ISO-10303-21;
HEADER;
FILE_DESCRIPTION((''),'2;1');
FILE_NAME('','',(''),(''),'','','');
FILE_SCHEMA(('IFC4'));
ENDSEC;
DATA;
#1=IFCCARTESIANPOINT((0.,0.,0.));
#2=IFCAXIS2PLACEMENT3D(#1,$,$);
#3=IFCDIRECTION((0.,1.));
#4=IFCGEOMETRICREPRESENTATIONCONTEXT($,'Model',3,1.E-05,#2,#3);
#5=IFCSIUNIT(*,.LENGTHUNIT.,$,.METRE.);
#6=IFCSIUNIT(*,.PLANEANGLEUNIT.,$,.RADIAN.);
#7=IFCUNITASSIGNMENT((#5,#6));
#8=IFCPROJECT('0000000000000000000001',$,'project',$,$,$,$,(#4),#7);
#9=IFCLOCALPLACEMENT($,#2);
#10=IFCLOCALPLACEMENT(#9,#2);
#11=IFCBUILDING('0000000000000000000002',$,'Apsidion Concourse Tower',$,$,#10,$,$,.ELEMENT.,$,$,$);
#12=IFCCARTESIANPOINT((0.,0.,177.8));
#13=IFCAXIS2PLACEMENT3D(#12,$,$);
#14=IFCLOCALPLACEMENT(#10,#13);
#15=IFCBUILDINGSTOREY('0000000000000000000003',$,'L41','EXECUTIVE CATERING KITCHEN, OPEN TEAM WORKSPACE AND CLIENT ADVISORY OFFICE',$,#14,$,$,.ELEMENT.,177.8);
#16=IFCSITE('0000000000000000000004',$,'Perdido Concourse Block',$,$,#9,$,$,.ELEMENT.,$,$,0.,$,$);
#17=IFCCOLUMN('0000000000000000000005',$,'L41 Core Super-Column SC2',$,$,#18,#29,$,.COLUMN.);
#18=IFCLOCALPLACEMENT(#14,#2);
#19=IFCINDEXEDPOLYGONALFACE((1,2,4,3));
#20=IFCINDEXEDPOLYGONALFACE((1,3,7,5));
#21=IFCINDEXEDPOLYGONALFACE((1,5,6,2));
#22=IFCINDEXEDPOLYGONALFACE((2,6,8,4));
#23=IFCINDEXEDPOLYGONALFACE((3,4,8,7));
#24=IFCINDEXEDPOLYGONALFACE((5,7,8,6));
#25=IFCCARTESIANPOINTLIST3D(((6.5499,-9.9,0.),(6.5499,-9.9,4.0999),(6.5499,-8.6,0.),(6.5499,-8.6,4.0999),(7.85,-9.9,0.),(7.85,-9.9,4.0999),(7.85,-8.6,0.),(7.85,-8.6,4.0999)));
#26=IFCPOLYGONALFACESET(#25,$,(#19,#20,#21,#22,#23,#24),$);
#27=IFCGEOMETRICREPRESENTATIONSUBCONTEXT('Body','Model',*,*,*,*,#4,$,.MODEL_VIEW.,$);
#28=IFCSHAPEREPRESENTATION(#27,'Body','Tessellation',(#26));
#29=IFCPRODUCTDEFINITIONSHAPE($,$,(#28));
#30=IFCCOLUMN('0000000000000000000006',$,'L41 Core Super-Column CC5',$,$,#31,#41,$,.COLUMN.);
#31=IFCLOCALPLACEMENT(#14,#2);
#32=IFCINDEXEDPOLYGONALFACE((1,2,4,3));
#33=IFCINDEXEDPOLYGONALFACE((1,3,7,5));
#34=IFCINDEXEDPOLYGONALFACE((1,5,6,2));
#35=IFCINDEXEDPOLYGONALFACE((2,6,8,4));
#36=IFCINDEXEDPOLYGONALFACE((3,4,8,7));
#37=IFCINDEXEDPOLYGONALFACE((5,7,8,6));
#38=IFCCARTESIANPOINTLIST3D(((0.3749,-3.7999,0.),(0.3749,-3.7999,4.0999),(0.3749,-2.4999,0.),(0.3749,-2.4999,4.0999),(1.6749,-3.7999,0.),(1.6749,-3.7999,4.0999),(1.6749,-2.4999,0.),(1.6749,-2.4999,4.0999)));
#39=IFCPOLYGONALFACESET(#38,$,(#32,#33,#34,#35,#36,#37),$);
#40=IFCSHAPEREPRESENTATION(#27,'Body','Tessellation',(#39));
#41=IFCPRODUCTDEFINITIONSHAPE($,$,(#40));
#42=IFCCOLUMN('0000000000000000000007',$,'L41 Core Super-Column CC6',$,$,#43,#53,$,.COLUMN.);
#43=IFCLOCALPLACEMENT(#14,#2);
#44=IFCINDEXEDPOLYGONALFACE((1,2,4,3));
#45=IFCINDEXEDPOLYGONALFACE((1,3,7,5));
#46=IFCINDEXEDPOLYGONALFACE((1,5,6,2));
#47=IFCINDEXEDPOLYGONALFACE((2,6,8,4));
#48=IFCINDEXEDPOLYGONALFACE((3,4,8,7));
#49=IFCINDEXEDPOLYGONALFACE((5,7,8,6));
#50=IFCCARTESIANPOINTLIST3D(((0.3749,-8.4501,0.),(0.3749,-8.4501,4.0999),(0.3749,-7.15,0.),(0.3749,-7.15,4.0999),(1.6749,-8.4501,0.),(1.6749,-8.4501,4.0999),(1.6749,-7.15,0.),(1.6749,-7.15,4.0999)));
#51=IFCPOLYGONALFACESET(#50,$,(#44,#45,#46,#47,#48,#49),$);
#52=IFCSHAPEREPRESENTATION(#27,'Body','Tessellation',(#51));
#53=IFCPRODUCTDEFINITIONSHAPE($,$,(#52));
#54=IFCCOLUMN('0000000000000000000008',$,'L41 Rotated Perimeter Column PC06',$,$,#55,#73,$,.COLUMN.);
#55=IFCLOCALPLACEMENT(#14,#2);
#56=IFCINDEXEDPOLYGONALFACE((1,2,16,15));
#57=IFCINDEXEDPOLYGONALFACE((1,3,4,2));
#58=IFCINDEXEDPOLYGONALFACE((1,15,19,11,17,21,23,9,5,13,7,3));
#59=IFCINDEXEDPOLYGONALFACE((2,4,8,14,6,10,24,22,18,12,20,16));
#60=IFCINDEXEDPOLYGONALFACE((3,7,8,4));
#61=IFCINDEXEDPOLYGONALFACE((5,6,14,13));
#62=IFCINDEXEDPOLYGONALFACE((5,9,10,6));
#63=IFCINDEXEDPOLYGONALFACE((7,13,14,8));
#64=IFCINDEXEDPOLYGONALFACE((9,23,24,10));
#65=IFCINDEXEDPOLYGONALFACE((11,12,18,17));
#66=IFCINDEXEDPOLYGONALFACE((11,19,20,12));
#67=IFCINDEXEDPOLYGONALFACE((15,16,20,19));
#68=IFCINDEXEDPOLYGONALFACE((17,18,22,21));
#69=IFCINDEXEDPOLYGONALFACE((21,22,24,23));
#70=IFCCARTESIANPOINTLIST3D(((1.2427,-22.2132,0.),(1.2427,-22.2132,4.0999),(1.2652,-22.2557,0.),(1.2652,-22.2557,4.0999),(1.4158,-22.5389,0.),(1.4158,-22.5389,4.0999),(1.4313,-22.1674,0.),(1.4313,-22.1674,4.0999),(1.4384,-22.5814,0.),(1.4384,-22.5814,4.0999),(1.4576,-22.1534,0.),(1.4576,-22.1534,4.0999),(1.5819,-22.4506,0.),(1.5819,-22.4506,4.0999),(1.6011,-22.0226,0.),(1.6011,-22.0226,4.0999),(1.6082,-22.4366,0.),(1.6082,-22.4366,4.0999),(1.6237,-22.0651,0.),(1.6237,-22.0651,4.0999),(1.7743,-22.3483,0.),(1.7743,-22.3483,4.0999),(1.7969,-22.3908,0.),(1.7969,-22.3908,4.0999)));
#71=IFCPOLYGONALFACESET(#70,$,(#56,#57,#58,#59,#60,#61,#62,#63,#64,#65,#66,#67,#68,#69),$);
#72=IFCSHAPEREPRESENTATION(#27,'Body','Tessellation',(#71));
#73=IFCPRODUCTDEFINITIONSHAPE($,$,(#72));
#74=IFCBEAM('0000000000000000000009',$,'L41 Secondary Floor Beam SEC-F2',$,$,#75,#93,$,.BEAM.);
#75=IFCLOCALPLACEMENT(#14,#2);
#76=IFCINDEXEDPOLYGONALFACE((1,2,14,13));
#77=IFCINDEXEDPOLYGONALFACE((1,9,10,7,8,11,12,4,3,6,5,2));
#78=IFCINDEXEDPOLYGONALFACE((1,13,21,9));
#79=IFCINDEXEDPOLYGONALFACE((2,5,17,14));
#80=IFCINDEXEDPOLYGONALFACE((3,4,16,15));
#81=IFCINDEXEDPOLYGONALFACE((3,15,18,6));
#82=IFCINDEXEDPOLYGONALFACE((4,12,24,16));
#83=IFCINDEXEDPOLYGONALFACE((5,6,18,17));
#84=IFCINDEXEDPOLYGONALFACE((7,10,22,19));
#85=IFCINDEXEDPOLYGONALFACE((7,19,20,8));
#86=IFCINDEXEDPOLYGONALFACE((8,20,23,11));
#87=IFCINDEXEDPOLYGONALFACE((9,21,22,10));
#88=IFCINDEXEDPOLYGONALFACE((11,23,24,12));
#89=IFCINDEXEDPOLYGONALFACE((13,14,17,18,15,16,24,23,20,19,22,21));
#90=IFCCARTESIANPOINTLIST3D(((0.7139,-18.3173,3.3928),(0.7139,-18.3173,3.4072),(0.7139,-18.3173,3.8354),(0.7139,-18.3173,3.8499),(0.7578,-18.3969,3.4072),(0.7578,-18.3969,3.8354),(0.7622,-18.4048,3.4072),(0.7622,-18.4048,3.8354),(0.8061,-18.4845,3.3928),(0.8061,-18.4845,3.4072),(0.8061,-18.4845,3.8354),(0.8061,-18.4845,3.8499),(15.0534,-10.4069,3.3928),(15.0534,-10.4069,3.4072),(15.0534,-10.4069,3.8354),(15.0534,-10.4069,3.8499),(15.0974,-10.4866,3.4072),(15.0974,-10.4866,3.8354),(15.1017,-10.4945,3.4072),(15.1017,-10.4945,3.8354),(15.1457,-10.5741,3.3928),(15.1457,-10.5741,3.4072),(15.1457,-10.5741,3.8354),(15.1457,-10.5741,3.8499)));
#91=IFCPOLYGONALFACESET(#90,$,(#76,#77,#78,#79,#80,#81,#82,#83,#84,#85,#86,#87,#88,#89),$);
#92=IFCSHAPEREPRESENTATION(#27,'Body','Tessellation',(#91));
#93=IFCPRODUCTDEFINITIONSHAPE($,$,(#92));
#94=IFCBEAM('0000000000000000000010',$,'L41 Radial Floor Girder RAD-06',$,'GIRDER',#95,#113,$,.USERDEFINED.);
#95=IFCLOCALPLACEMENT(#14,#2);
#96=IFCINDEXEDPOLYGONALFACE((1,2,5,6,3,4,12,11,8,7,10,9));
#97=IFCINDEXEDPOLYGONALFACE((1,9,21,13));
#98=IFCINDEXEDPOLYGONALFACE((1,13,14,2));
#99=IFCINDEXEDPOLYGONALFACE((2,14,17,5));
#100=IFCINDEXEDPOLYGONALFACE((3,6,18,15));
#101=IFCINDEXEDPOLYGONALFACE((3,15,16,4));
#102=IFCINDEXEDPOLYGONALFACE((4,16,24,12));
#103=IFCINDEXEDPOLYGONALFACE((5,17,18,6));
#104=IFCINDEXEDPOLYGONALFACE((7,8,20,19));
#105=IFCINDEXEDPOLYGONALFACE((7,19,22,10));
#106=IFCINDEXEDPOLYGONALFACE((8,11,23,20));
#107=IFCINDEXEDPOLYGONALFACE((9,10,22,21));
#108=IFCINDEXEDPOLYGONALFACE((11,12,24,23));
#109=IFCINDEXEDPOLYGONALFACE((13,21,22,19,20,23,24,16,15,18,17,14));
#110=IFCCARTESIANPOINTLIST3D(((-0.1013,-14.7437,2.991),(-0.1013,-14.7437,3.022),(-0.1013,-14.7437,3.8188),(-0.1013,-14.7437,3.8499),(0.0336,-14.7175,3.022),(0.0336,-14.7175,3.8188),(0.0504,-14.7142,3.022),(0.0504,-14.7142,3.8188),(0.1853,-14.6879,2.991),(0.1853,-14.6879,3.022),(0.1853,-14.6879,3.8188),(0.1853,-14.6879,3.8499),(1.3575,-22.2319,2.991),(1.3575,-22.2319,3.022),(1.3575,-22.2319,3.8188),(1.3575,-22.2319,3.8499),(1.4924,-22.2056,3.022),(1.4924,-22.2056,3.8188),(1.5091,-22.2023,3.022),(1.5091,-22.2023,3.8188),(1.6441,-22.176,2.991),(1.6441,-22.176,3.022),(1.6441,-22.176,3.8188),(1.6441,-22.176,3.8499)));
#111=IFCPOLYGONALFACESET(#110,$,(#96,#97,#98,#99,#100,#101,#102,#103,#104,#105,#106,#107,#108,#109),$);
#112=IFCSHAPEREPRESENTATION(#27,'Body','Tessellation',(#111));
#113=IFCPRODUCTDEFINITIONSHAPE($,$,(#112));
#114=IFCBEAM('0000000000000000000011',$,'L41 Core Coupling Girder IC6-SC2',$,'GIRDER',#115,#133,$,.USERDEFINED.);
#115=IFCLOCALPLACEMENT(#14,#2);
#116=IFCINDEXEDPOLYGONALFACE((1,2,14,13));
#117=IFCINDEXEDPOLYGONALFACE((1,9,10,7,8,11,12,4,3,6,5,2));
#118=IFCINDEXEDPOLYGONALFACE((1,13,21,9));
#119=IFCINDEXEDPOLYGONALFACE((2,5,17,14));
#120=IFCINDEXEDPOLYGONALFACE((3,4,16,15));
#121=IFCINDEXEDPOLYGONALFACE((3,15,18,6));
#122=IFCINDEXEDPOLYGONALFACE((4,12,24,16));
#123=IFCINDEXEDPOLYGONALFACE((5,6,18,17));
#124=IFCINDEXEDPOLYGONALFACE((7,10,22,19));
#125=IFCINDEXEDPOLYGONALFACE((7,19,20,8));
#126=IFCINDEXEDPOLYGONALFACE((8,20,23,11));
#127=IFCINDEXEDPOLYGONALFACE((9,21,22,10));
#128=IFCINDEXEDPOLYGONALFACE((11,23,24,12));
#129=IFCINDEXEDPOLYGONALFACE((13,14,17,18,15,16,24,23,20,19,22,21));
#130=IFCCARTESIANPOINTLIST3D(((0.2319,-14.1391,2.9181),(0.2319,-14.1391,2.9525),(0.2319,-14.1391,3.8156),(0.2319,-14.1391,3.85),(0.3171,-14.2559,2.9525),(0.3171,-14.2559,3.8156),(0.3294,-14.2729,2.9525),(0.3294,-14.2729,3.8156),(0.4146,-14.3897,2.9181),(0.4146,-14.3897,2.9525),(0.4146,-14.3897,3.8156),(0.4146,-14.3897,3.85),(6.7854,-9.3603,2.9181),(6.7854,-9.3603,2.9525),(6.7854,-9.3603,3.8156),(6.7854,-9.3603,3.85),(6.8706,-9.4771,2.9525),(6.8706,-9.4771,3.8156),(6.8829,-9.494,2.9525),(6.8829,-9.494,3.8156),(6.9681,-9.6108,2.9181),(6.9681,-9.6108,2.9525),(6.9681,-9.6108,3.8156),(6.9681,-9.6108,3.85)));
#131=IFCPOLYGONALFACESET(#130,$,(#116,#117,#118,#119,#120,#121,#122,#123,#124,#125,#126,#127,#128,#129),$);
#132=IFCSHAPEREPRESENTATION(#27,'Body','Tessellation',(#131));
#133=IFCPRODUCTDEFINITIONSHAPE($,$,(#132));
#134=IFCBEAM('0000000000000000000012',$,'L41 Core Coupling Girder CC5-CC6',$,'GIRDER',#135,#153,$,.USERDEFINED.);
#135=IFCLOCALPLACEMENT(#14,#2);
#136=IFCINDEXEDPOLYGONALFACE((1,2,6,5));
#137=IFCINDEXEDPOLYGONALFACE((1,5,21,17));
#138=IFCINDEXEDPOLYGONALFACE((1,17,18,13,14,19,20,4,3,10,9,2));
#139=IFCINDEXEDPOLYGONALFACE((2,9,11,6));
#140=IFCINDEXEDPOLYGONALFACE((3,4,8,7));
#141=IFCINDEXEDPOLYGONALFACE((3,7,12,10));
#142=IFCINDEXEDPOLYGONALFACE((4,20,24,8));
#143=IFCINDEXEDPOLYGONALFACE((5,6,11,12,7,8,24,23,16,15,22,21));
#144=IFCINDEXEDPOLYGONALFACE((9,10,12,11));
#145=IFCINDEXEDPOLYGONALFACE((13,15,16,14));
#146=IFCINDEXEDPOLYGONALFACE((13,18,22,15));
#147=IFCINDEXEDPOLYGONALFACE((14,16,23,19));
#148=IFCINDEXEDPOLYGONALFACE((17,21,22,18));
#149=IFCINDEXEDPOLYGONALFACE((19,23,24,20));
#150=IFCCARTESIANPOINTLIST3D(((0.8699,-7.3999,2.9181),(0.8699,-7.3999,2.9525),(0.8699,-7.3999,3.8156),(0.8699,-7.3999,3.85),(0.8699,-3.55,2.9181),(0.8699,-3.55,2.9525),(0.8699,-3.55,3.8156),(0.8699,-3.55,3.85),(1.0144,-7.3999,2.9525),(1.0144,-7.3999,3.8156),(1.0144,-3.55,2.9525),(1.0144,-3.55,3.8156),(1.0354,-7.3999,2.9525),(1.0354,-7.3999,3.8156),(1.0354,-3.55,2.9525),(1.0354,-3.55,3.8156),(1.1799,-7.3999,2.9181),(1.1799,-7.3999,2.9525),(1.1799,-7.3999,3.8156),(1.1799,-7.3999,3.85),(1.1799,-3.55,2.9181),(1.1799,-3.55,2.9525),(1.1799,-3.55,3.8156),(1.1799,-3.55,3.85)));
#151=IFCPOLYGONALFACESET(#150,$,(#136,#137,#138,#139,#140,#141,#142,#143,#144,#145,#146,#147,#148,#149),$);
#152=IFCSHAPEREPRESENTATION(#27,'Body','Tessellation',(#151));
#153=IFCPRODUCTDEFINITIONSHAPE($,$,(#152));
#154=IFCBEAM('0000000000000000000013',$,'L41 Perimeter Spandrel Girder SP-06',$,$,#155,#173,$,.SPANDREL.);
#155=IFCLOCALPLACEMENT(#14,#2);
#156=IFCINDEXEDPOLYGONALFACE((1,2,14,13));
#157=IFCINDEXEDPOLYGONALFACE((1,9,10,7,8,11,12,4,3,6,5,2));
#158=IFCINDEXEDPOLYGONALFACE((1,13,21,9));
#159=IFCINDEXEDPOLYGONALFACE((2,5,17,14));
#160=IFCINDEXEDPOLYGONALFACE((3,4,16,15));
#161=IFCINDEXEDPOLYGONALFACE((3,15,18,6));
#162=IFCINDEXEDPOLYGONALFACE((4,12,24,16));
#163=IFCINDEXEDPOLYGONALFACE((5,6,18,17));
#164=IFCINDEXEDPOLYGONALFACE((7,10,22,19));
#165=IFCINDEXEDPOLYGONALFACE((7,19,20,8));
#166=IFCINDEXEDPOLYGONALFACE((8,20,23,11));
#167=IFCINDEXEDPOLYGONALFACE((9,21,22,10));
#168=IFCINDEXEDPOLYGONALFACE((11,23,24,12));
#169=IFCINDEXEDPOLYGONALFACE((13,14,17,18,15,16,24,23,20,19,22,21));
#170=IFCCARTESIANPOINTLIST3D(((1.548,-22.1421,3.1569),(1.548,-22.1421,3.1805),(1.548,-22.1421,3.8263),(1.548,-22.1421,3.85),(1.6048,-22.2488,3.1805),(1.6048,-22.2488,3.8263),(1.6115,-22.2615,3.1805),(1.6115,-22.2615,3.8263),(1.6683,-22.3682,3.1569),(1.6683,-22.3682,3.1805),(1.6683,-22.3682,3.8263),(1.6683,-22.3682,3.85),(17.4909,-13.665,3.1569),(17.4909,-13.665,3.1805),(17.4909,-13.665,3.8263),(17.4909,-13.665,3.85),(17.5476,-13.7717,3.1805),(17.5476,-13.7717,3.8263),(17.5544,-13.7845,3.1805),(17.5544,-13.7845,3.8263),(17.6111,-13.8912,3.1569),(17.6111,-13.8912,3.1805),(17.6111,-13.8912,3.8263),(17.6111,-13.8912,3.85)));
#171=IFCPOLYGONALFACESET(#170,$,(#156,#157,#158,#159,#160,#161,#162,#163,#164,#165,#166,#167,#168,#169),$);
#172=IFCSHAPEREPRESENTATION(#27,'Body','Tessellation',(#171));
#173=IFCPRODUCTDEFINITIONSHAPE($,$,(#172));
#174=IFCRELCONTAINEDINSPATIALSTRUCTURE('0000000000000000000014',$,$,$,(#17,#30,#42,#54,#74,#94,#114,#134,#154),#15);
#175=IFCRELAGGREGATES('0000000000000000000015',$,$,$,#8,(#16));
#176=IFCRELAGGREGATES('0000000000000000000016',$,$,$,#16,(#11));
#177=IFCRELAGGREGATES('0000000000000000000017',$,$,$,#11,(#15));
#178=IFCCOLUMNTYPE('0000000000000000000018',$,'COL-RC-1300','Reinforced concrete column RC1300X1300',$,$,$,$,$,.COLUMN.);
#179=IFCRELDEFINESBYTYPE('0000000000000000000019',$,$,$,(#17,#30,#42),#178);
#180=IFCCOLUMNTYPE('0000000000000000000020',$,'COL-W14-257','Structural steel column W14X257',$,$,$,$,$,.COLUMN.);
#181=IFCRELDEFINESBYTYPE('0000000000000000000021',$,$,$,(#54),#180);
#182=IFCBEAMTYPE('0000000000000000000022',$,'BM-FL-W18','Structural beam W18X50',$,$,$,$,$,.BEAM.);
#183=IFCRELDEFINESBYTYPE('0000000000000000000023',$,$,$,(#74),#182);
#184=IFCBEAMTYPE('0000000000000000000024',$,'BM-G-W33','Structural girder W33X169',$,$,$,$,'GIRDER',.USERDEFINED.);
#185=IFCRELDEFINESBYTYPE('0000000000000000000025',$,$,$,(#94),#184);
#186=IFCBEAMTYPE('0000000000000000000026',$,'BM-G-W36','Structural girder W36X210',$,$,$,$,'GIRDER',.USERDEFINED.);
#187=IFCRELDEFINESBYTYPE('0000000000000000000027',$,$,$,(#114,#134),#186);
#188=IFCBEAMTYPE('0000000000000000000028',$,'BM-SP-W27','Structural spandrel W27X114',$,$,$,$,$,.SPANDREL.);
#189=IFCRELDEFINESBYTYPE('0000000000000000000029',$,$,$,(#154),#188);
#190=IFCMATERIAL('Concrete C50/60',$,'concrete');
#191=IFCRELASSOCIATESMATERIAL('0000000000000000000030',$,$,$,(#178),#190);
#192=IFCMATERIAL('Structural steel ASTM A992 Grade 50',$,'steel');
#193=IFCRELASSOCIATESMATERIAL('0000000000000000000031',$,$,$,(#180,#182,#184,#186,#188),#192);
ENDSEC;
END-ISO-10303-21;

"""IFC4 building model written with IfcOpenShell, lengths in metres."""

from ifc_helpers import new_model, si_unit, direction, frame, origin, origin_2d, place, context, subcontext, project, spatial, rectangle, i_section, extrude, material, material_profile, profile_set, type_object, element, save


model = new_model("IFC4")

# Units and contexts
model_context = context("Model", 3, precision=1e-05, world=origin(), true_north=direction((0.0, 1.0)))
body_context = subcontext(model_context, "Body", "Model", "MODEL_VIEW")
ifc_project = project(units=[si_unit("LENGTHUNIT", "METRE"), si_unit("PLANEANGLEUNIT", "RADIAN")], contexts=[model_context])

# Site, building, storey
site_placement = place(None, origin())
site = spatial("IfcSite", under=ifc_project, at=site_placement, Name="Perdido Concourse Block", CompositionType="ELEMENT", RefElevation=0.0)
building_placement = place(site_placement, origin())
building = spatial("IfcBuilding", under=site, at=building_placement, Name="Apsidion Concourse Tower", CompositionType="ELEMENT")
storey_placement = place(building_placement, frame((0.0, 0.0, 177.8)))
storey = spatial("IfcBuildingStorey", under=building, at=storey_placement, Name="L41", Description="EXECUTIVE CATERING KITCHEN, OPEN TEAM WORKSPACE AND CLIENT ADVISORY OFFICE", CompositionType="ELEMENT", Elevation=177.8)

# Columns
ifc_material_1 = material(Name="Concrete C50/60", Category="concrete")
ifc_material_profile_1 = material_profile(ifc_material_1, rectangle(XDim=1.3, YDim=1.3, at=origin_2d()), Name="RC 1300x1300")
ifc_profile_set_1 = profile_set([ifc_material_profile_1], Name="Concrete C50/60")
column_type_1 = type_object("IfcColumnType", Name="COL-RC-1300", Description="Reinforced concrete column RC1300X1300", PredefinedType="COLUMN", material=ifc_profile_set_1)
for number, where, z_axis, x_axis, name in (
    (1, (7.2, -9.25, 0.0), (0.0, 0.0, 1.0), (1.0, 0.0, 0.0), "L41 Core Super-Column SC2"),
    (2, (1.0249, -3.1499, 0.0), (0.0, 0.0, 1.0), (1.0, 0.0, 0.0), "L41 Core Super-Column CC5"),
    (3, (1.0249, -7.8, 0.0), (0.0, 0.0, 1.0), (1.0, 0.0, 0.0), "L41 Core Super-Column CC6"),
):
    element("IfcColumn", number, at=place(storey_placement, frame(where, z_axis=z_axis, x_axis=x_axis)), inside=storey, type_object=column_type_1, Name=name, PredefinedType="COLUMN", context=body_context, shape_type="SweptSolid", body=[
        extrude(rectangle(XDim=1.3, YDim=1.3, at=origin_2d()), origin(), (0.0, 0.0, 1.0), 4.0999),
    ])
ifc_material_2 = material(Name="Structural steel ASTM A992 Grade 50", Category="steel")
ifc_material_profile_2 = material_profile(ifc_material_2, i_section(OverallWidth=0.406, OverallDepth=0.417, WebThickness=0.0298, FlangeThickness=0.0481, at=origin_2d()), Name="W14X257")
ifc_profile_set_2 = profile_set([ifc_material_profile_2], Name="Structural steel ASTM A992 Grade 50")
column_type_2 = type_object("IfcColumnType", Name="COL-W14-257", Description="Structural steel column W14X257", PredefinedType="COLUMN", material=ifc_profile_set_2)
column_placement = place(storey_placement, frame((1.5198, -22.302, 0.0), z_axis=(0.0, 0.0, 1.0), x_axis=(0.882948, 0.469472, 0.0)))
element("IfcColumn", 4, at=column_placement, inside=storey, type_object=column_type_2, Name="L41 Rotated Perimeter Column PC06", PredefinedType="COLUMN", context=body_context, shape_type="SweptSolid", body=[
    extrude(i_section(OverallWidth=0.406, OverallDepth=0.417, WebThickness=0.0298, FlangeThickness=0.0481, at=origin_2d()), origin(), (0.0, 0.0, 1.0), 4.0999),
])

# Beams
ifc_material_profile_3 = material_profile(ifc_material_2, i_section(OverallWidth=0.1909, OverallDepth=0.457, WebThickness=0.009, FlangeThickness=0.0144, at=origin_2d()), Name="W18X50")
ifc_profile_set_3 = profile_set([ifc_material_profile_3], Name="Structural steel ASTM A992 Grade 50")
beam_type_1 = type_object("IfcBeamType", Name="BM-FL-W18", Description="Structural beam W18X50", PredefinedType="BEAM", material=ifc_profile_set_3)
beam_1_placement = place(storey_placement, frame((0.76, -18.4009, 3.6213), z_axis=(0.875606, 0.483026, 0.0), x_axis=(-0.483026, 0.875606, 0.0)))
element("IfcBeam", 5, at=beam_1_placement, inside=storey, type_object=beam_type_1, Name="L41 Secondary Floor Beam SEC-F2", PredefinedType="BEAM", context=body_context, shape_type="SweptSolid", body=[
    extrude(i_section(OverallWidth=0.1909, OverallDepth=0.457, WebThickness=0.009, FlangeThickness=0.0144, at=origin_2d()), origin(), (0.0, 0.0, 1.0), 16.3767),
])
ifc_material_profile_4 = material_profile(ifc_material_2, i_section(OverallWidth=0.292, OverallDepth=0.8589, WebThickness=0.0171, FlangeThickness=0.031, at=origin_2d()), Name="W33X169")
ifc_profile_set_4 = profile_set([ifc_material_profile_4], Name="Structural steel ASTM A992 Grade 50")
beam_type_2 = type_object("IfcBeamType", Name="BM-G-W33", Description="Structural girder W33X169", ElementType="GIRDER", PredefinedType="USERDEFINED", material=ifc_profile_set_4)
beam_2_placement = place(storey_placement, frame((0.042, -14.7158, 3.4204), z_axis=(0.191215, -0.981548, 0.0), x_axis=(0.981548, 0.191215, 0.0)))
element("IfcBeam", 6, at=beam_2_placement, inside=storey, type_object=beam_type_2, Name="L41 Radial Floor Girder RAD-06", ObjectType="GIRDER", PredefinedType="USERDEFINED", context=body_context, shape_type="SweptSolid", body=[
    extrude(i_section(OverallWidth=0.292, OverallDepth=0.8589, WebThickness=0.0171, FlangeThickness=0.031, at=origin_2d()), origin(), (0.0, 0.0, 1.0), 7.6289),
])
ifc_material_profile_5 = material_profile(ifc_material_2, i_section(OverallWidth=0.3101, OverallDepth=0.9319, WebThickness=0.021, FlangeThickness=0.0344, at=origin_2d()), Name="W36X210")
ifc_profile_set_5 = profile_set([ifc_material_profile_5], Name="Structural steel ASTM A992 Grade 50")
beam_type_3 = type_object("IfcBeamType", Name="BM-G-W36", Description="Structural girder W36X210", ElementType="GIRDER", PredefinedType="USERDEFINED", material=ifc_profile_set_5)
beam_3_placement = place(storey_placement, frame((0.3232, -14.2644, 3.384), z_axis=(0.807993, 0.589191, 0.0), x_axis=(-0.589191, 0.807993, 0.0)))
element("IfcBeam", 7, at=beam_3_placement, inside=storey, type_object=beam_type_3, Name="L41 Core Coupling Girder IC6-SC2", ObjectType="GIRDER", PredefinedType="USERDEFINED", context=body_context, shape_type="SweptSolid", body=[
    extrude(i_section(OverallWidth=0.3101, OverallDepth=0.9319, WebThickness=0.021, FlangeThickness=0.0344, at=origin_2d()), origin(), (0.0, 0.0, 1.0), 8.1108),
])
beam_4_placement = place(storey_placement, frame((1.0249, -3.55, 3.384), z_axis=(0.0, -1.0, 0.0), x_axis=(1.0, 0.0, 0.0)))
element("IfcBeam", 8, at=beam_4_placement, inside=storey, type_object=beam_type_3, Name="L41 Core Coupling Girder CC5-CC6", ObjectType="GIRDER", PredefinedType="USERDEFINED", context=body_context, shape_type="SweptSolid", body=[
    extrude(i_section(OverallWidth=0.3101, OverallDepth=0.9319, WebThickness=0.021, FlangeThickness=0.0344, at=origin_2d()), origin(), (0.0, 0.0, 1.0), 3.8499),
])
ifc_material_profile_6 = material_profile(ifc_material_2, i_section(OverallWidth=0.2561, OverallDepth=0.6931, WebThickness=0.0144, FlangeThickness=0.0237, at=origin_2d()), Name="W27X114")
ifc_profile_set_6 = profile_set([ifc_material_profile_6], Name="Structural steel ASTM A992 Grade 50")
beam_type_4 = type_object("IfcBeamType", Name="BM-SP-W27", Description="Structural spandrel W27X114", PredefinedType="SPANDREL", material=ifc_profile_set_6)
beam_5_placement = place(storey_placement, frame((1.6082, -22.2551, 3.5034), z_axis=(0.882946, 0.469475, 0.0), x_axis=(-0.469475, 0.882946, 0.0)))
element("IfcBeam", 9, at=beam_5_placement, inside=storey, type_object=beam_type_4, Name="L41 Perimeter Spandrel Girder SP-06", PredefinedType="SPANDREL", context=body_context, shape_type="SweptSolid", body=[
    extrude(i_section(OverallWidth=0.2561, OverallDepth=0.6931, WebThickness=0.0144, FlangeThickness=0.0237, at=origin_2d()), origin(), (0.0, 0.0, 1.0), 18.0564),
])

save(model, "model.ifc")
